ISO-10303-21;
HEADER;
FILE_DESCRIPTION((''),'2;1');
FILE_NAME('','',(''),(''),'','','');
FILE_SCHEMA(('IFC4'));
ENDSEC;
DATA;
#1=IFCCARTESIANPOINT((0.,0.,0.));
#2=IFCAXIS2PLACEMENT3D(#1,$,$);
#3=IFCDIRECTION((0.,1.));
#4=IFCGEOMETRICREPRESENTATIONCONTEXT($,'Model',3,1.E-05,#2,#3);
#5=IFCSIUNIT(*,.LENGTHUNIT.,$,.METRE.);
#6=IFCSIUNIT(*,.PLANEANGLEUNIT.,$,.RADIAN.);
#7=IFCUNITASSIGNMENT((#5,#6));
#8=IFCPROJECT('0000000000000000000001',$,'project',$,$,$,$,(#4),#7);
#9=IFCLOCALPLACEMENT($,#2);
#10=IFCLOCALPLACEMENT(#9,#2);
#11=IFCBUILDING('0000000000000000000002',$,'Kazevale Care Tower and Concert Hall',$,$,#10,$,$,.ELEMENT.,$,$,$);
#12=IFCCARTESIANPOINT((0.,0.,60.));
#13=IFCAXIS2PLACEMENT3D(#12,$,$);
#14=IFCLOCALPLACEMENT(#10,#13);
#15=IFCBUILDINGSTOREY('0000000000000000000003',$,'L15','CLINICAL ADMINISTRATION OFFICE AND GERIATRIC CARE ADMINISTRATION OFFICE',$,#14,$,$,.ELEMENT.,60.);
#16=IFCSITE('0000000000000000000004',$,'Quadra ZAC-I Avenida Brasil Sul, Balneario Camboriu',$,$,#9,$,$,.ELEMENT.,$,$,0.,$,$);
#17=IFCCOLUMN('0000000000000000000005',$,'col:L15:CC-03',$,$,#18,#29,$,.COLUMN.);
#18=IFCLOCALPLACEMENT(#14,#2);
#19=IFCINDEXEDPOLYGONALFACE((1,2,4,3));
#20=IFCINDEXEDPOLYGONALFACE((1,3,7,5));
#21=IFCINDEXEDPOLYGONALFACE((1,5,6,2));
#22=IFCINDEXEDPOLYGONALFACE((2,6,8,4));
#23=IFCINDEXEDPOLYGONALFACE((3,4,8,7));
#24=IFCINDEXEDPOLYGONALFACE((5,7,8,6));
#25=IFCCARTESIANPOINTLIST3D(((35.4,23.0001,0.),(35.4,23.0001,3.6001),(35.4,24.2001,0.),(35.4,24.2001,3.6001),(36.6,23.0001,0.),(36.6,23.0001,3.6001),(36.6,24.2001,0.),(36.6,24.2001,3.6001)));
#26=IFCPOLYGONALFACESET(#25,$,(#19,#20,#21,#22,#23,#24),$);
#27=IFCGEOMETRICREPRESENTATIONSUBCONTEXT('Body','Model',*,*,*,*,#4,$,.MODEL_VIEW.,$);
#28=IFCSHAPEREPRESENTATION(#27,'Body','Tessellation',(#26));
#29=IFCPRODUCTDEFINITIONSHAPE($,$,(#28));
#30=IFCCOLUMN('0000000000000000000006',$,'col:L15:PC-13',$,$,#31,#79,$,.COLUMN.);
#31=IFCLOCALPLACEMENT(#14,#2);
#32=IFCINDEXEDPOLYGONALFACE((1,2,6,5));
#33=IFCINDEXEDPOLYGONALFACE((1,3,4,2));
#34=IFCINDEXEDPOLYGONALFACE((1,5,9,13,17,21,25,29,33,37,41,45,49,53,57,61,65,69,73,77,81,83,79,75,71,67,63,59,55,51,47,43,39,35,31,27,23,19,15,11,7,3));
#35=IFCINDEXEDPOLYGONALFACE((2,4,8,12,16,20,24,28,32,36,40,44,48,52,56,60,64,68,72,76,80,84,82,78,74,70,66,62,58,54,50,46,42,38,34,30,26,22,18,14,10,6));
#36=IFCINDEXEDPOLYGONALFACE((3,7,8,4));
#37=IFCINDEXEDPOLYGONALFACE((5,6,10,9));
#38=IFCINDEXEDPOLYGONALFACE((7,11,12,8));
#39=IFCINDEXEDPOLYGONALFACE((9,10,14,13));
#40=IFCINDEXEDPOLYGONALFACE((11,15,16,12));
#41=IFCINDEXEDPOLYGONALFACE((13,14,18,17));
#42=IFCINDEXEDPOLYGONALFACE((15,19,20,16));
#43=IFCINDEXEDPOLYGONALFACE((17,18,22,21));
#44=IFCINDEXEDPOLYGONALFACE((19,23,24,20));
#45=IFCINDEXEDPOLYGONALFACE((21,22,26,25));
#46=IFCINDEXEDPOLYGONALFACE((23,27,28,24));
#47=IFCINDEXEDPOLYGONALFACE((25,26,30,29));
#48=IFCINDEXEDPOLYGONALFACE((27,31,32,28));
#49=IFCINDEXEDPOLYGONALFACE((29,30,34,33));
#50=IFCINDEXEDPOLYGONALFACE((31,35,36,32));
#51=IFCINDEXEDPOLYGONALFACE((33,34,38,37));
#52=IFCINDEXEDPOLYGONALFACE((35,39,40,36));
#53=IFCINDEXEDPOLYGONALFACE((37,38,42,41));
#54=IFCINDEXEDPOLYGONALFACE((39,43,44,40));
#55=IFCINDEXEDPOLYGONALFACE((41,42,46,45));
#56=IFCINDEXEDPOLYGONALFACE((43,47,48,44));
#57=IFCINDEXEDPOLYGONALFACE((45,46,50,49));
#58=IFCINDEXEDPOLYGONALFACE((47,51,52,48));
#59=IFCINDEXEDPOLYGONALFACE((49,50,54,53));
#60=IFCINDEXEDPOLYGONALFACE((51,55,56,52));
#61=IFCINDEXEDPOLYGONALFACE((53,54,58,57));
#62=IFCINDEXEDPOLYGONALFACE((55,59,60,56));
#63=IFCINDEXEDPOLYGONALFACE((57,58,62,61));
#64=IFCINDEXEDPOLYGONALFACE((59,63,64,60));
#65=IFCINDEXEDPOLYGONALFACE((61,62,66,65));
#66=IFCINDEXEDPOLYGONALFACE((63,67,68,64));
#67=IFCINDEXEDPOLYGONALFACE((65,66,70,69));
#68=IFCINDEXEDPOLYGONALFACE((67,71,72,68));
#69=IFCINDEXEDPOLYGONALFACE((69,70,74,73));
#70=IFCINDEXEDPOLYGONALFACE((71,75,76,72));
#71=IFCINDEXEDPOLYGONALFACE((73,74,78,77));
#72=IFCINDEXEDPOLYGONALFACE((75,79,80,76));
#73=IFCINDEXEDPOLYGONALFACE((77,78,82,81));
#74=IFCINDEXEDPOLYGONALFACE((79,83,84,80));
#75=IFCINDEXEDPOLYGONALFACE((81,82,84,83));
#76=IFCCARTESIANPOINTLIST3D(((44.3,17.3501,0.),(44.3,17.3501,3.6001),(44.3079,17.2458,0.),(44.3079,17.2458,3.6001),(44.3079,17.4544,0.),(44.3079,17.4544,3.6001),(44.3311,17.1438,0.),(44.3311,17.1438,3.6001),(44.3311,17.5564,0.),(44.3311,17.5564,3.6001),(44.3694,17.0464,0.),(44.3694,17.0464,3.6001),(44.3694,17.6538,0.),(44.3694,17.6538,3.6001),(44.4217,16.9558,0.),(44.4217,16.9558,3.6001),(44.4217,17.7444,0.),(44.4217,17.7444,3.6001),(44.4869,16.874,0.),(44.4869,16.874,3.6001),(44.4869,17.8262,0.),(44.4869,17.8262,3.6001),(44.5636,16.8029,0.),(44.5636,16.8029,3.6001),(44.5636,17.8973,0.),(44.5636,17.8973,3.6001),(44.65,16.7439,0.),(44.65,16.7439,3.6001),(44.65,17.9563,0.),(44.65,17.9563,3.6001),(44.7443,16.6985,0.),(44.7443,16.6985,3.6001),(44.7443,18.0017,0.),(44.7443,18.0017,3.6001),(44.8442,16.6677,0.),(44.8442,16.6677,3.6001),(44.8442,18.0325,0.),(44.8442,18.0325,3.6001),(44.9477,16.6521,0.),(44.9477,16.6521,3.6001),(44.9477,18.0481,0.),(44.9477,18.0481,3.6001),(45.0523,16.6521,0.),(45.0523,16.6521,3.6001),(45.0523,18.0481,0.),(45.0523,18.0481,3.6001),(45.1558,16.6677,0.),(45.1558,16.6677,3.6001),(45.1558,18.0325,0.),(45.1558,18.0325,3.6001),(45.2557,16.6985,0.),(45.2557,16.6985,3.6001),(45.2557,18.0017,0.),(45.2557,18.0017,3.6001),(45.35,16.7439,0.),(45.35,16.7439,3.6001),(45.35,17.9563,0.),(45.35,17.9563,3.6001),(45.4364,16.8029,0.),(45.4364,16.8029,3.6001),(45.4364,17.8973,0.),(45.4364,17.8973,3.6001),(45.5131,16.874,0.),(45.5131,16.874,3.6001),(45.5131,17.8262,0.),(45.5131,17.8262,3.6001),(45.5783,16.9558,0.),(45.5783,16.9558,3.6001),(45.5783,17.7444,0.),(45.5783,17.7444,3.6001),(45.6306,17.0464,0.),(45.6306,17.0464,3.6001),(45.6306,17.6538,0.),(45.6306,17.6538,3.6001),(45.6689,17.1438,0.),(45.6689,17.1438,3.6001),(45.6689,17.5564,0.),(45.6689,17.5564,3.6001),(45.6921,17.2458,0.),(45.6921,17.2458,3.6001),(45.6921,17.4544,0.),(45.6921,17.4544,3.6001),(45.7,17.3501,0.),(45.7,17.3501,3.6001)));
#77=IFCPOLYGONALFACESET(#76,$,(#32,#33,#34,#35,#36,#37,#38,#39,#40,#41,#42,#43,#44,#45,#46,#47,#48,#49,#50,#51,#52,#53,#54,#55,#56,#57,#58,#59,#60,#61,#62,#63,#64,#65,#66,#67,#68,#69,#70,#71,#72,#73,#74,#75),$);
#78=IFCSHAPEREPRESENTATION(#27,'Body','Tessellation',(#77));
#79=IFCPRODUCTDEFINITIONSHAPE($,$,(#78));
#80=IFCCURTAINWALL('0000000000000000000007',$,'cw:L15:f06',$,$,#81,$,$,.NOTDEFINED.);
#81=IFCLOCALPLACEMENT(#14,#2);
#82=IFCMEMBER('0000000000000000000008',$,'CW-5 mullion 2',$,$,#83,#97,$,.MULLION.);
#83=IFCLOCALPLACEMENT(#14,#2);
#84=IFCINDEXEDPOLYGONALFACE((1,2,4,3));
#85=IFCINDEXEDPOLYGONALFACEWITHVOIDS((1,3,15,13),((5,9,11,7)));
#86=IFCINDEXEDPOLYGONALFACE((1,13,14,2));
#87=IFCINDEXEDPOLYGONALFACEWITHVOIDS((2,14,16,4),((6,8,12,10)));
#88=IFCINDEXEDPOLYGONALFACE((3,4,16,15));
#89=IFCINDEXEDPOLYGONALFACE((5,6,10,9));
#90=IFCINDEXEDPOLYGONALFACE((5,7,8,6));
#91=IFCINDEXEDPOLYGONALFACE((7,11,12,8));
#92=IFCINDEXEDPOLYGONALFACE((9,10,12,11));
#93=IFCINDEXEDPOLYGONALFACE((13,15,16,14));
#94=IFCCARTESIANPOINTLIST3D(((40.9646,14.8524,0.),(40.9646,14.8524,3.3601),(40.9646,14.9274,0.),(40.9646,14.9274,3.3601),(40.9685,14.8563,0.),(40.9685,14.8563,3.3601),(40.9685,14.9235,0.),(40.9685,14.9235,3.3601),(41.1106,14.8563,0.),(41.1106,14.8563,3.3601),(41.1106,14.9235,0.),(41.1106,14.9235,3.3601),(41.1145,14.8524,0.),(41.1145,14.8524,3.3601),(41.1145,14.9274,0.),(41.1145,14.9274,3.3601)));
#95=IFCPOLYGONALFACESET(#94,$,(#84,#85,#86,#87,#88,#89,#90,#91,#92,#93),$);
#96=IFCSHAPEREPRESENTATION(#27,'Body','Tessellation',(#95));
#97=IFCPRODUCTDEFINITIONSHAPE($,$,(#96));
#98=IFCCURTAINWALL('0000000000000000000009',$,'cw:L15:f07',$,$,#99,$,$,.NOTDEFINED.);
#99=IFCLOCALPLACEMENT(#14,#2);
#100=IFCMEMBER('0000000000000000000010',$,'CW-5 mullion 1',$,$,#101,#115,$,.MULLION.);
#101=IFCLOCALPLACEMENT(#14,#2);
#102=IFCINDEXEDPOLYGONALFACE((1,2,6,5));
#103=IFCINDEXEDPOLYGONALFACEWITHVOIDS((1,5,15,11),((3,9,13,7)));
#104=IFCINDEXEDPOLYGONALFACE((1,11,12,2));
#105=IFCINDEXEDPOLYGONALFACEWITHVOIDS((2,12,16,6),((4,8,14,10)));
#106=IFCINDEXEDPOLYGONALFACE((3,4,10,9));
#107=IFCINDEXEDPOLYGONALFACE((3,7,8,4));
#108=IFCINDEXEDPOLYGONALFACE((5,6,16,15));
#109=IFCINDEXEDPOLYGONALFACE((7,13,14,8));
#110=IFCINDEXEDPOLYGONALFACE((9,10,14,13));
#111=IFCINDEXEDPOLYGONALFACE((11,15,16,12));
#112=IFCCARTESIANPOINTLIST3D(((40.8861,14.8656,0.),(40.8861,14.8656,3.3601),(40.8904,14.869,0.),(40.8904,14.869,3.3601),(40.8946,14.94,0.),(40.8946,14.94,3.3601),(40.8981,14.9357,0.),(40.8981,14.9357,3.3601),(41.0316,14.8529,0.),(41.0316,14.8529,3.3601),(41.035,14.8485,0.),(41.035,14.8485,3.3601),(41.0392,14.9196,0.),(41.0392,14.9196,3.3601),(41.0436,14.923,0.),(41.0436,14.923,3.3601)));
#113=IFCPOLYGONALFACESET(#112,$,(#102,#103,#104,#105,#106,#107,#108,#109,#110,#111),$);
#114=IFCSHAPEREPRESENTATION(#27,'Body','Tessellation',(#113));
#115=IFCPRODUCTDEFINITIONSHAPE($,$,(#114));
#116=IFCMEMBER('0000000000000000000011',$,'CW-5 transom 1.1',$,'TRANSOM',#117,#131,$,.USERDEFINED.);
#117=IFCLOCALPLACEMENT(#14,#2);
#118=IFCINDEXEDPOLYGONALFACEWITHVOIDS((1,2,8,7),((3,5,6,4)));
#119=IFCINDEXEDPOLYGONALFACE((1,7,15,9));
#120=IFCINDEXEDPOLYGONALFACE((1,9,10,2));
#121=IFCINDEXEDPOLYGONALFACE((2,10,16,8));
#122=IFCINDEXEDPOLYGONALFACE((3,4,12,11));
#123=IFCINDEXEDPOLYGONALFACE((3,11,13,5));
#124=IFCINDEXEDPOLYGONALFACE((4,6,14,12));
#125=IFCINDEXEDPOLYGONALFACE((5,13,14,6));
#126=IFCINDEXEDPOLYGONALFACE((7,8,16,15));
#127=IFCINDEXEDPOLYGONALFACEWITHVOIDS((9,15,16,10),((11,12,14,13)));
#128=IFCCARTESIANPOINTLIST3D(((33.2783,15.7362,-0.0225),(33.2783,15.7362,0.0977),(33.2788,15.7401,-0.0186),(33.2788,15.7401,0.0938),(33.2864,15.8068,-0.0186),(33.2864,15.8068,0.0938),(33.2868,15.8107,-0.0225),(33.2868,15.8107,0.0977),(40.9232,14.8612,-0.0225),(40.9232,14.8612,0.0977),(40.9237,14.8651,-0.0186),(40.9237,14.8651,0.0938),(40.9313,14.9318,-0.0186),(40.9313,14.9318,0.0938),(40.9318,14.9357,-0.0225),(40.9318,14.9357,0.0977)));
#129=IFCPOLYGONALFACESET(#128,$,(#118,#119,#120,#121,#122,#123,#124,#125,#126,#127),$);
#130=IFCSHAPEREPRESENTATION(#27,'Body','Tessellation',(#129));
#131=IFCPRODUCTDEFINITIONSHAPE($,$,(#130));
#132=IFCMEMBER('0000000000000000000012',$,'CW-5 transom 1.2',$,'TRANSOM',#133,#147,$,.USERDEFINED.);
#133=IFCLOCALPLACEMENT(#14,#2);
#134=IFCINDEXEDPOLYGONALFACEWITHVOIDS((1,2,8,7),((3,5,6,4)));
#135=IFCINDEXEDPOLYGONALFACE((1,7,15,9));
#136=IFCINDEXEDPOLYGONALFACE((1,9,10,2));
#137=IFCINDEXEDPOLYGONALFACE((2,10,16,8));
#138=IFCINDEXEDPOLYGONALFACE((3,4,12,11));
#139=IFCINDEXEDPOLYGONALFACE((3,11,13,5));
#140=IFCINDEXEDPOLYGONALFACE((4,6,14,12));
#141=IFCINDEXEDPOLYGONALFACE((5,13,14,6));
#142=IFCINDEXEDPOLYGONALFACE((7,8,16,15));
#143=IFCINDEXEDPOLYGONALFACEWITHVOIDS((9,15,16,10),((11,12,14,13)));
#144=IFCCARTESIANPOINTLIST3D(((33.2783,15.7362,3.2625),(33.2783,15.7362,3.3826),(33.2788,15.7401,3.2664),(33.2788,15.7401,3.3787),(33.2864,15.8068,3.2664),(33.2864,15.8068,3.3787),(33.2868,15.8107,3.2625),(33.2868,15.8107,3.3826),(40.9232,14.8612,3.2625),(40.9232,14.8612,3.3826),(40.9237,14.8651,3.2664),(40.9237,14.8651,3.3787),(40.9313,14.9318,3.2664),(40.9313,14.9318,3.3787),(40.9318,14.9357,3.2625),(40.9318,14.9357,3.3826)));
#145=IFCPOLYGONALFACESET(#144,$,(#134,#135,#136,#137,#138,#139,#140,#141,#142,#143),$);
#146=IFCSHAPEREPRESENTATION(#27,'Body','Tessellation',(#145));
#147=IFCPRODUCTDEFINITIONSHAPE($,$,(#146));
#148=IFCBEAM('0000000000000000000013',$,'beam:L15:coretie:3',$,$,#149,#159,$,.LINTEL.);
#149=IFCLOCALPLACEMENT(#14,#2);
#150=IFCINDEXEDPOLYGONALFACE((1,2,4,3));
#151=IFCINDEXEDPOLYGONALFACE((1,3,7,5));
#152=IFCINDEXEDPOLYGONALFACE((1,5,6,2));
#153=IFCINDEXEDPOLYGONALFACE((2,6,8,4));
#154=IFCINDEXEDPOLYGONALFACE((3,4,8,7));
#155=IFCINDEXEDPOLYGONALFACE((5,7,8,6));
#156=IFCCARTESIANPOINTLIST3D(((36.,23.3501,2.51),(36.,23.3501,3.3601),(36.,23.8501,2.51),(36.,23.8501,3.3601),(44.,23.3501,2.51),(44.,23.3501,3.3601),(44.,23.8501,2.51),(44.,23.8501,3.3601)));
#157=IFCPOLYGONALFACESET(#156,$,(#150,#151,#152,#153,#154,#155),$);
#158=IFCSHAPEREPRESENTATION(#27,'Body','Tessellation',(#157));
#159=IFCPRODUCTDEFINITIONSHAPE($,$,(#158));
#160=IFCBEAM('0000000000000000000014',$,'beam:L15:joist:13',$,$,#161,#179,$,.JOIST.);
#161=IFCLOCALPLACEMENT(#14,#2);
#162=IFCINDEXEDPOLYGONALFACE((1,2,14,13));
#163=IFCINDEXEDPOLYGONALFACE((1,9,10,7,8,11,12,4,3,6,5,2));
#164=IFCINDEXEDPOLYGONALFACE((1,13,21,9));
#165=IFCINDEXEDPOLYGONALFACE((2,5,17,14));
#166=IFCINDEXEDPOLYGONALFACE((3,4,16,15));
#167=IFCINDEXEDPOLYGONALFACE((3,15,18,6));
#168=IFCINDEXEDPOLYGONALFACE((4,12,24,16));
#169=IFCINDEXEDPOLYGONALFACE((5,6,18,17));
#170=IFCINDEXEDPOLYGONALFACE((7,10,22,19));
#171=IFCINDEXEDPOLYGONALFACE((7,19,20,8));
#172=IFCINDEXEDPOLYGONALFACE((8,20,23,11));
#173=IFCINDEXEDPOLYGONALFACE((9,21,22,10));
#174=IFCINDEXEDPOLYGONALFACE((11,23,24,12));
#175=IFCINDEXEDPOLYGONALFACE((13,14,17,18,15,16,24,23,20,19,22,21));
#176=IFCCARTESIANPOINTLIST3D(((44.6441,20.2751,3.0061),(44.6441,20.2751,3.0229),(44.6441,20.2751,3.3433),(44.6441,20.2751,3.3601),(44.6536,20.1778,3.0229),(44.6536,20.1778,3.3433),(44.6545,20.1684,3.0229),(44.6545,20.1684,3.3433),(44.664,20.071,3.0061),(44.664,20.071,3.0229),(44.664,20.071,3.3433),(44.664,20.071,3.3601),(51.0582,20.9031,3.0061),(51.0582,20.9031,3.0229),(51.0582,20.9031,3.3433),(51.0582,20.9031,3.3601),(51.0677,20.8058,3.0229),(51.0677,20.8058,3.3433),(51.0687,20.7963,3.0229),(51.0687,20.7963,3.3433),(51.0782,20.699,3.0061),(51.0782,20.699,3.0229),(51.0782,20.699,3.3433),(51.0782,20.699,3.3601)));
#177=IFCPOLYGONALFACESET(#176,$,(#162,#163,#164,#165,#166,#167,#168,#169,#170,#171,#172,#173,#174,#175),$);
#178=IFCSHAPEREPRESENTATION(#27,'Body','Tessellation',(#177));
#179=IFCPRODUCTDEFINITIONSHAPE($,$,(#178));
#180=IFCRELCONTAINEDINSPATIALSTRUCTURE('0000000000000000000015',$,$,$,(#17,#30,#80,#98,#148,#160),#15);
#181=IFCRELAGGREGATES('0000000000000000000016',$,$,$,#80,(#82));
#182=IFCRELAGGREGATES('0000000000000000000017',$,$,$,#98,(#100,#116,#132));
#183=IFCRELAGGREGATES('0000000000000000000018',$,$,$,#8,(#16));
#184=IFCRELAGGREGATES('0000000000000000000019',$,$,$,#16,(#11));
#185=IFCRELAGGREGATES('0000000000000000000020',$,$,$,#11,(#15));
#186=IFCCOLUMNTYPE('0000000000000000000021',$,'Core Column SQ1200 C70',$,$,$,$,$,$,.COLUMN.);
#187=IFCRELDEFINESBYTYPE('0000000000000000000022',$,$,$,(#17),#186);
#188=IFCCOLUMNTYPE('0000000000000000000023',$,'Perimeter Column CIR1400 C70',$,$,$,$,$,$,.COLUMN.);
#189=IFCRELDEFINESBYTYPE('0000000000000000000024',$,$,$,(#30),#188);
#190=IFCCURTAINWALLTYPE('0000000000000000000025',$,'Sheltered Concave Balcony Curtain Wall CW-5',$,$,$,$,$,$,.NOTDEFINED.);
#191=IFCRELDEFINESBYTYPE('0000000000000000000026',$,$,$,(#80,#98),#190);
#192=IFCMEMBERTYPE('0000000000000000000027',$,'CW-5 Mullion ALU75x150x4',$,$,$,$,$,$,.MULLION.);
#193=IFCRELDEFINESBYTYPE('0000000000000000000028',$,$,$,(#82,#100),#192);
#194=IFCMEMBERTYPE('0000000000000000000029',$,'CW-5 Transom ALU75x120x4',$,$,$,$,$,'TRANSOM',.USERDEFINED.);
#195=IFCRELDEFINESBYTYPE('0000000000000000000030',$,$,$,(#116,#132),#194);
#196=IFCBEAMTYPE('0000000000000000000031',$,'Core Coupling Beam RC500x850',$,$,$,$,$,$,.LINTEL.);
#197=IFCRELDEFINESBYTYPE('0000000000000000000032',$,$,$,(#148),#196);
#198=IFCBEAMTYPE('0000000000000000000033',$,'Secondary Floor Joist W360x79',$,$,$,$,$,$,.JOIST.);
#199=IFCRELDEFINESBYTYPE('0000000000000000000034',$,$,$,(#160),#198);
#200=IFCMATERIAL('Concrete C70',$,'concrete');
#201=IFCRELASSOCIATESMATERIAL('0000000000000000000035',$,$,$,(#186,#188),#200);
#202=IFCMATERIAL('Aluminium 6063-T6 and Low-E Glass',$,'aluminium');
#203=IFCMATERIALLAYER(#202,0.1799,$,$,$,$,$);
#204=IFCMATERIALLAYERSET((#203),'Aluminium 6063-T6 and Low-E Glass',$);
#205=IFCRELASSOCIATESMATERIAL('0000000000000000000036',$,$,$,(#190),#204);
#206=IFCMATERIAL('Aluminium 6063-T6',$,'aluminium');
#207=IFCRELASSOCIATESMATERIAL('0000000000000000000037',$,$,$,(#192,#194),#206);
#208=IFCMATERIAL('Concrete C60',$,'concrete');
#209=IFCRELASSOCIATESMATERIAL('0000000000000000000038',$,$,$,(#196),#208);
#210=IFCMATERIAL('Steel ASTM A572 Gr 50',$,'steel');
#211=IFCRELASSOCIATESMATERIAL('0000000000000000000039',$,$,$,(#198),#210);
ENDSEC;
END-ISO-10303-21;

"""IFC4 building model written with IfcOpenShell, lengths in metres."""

from ifc_helpers import new_model, si_unit, direction, frame, origin, origin_2d, place, context, subcontext, project, spatial, rectangle, hollow_rectangle, circle, i_section, extrude, material, layer, layer_set, material_profile, profile_set, type_object, element, aggregate, save


model = new_model("IFC4")

# Units and contexts
model_context = context("Model", 3, precision=1e-05, world=origin(), true_north=direction((0.0, 1.0)))
body_context = subcontext(model_context, "Body", "Model", "MODEL_VIEW")
ifc_project = project(units=[si_unit("LENGTHUNIT", "METRE"), si_unit("PLANEANGLEUNIT", "RADIAN")], contexts=[model_context])

# Site, building, storey
site_placement = place(None, origin())
site = spatial("IfcSite", under=ifc_project, at=site_placement, Name="Quadra ZAC-I Avenida Brasil Sul, Balneario Camboriu", CompositionType="ELEMENT", RefElevation=0.0)
building_placement = place(site_placement, origin())
building = spatial("IfcBuilding", under=site, at=building_placement, Name="Kazevale Care Tower and Concert Hall", CompositionType="ELEMENT")
storey_placement = place(building_placement, frame((0.0, 0.0, 60.0)))
storey = spatial("IfcBuildingStorey", under=building, at=storey_placement, Name="L15", Description="CLINICAL ADMINISTRATION OFFICE AND GERIATRIC CARE ADMINISTRATION OFFICE", CompositionType="ELEMENT", Elevation=60.0)

# Columns
ifc_material_1 = material(Name="Concrete C70", Category="concrete")
ifc_material_profile_1 = material_profile(ifc_material_1, rectangle(XDim=1.2, YDim=1.2, at=origin_2d()), Name="RC-SQ1200")
ifc_profile_set_1 = profile_set([ifc_material_profile_1], Name="Concrete C70")
column_type_1 = type_object("IfcColumnType", Name="Core Column SQ1200 C70", PredefinedType="COLUMN", material=ifc_profile_set_1)
column_1_placement = place(storey_placement, frame((36.0, 23.6001, 0.0), z_axis=(0.0, 0.0, 1.0), x_axis=(1.0, 0.0, 0.0)))
element("IfcColumn", 1, at=column_1_placement, inside=storey, type_object=column_type_1, Name="col:L15:CC-03", PredefinedType="COLUMN", context=body_context, shape_type="SweptSolid", body=[
    extrude(rectangle(XDim=1.2, YDim=1.2, at=origin_2d()), origin(), (0.0, 0.0, 1.0), 3.6001),
])
ifc_material_profile_2 = material_profile(ifc_material_1, circle(Radius=0.7, at=origin_2d()), Name="RC-CIR1400")
ifc_profile_set_2 = profile_set([ifc_material_profile_2], Name="Concrete C70")
column_type_2 = type_object("IfcColumnType", Name="Perimeter Column CIR1400 C70", PredefinedType="COLUMN", material=ifc_profile_set_2)
column_2_placement = place(storey_placement, frame((45.0, 17.3501, 0.0), z_axis=(0.0, 0.0, 1.0), x_axis=(1.0, 0.0, 0.0)))
element("IfcColumn", 2, at=column_2_placement, inside=storey, type_object=column_type_2, Name="col:L15:PC-13", PredefinedType="COLUMN", context=body_context, shape_type="SweptSolid", body=[
    extrude(circle(Radius=0.7, at=origin_2d()), origin(), (0.0, 0.0, 1.0), 3.6001),
])

# Curtain wall, member
ifc_material_2 = material(Name="Aluminium 6063-T6 and Low-E Glass", Category="aluminium")
ifc_layer_1 = layer(ifc_material_2, 0.1799)
ifc_layer_set_1 = layer_set([ifc_layer_1], Name="Aluminium 6063-T6 and Low-E Glass")
curtain_wall_type = type_object("IfcCurtainWallType", Name="Sheltered Concave Balcony Curtain Wall CW-5", PredefinedType="NOTDEFINED", material=ifc_layer_set_1)
curtain_wall_1_placement = place(storey_placement, origin())
curtain_wall_1 = element("IfcCurtainWall", 3, at=curtain_wall_1_placement, inside=storey, type_object=curtain_wall_type, Name="cw:L15:f06", PredefinedType="NOTDEFINED")
ifc_material_3 = material(Name="Aluminium 6063-T6", Category="aluminium")
ifc_material_profile_3 = material_profile(ifc_material_3, hollow_rectangle(XDim=0.075, YDim=0.1499, WallThickness=0.0039, at=origin_2d()), Name="ALU75x150x4")
ifc_profile_set_3 = profile_set([ifc_material_profile_3], Name="Aluminium 6063-T6")
member_type_1 = type_object("IfcMemberType", Name="CW-5 Mullion ALU75x150x4", PredefinedType="MULLION", material=ifc_profile_set_3)
member_1_placement = place(storey_placement, frame((41.0396, 14.8899, 0.0), z_axis=(0.0, 0.0, 1.0), x_axis=(0.0, -1.0, 0.0)))
member_1 = element("IfcMember", 4, at=member_1_placement, type_object=member_type_1, Name="CW-5 mullion 2", PredefinedType="MULLION", context=body_context, shape_type="SweptSolid", body=[
    extrude(hollow_rectangle(XDim=0.075, YDim=0.1499, WallThickness=0.0039, at=origin_2d()), origin(), (0.0, 0.0, 1.0), 3.3601),
])

# Curtain wall, members
curtain_wall_2_placement = place(storey_placement, origin())
curtain_wall_2 = element("IfcCurtainWall", 5, at=curtain_wall_2_placement, inside=storey, type_object=curtain_wall_type, Name="cw:L15:f07", PredefinedType="NOTDEFINED")
member_2_placement = place(storey_placement, frame((40.9648, 14.8943, 0.0), z_axis=(0.0, 0.0, 1.0), x_axis=(-0.113705, -0.993515, 0.0)))
member_2 = element("IfcMember", 6, at=member_2_placement, type_object=member_type_1, Name="CW-5 mullion 1", PredefinedType="MULLION", context=body_context, shape_type="SweptSolid", body=[
    extrude(hollow_rectangle(XDim=0.075, YDim=0.1499, WallThickness=0.0039, at=origin_2d()), origin(), (0.0, 0.0, 1.0), 3.3601),
])
ifc_material_profile_4 = material_profile(ifc_material_3, hollow_rectangle(XDim=0.075, YDim=0.1201, WallThickness=0.0039, at=origin_2d()), Name="ALU75x120x4")
ifc_profile_set_4 = profile_set([ifc_material_profile_4], Name="Aluminium 6063-T6")
member_type_2 = type_object("IfcMemberType", Name="CW-5 Transom ALU75x120x4", ElementType="TRANSOM", PredefinedType="USERDEFINED", material=ifc_profile_set_4)
member_3_placement = place(storey_placement, frame((40.9275, 14.8984, 0.0376), z_axis=(-0.993514, 0.113711, 0.0), x_axis=(-0.113711, -0.993514, 0.0)))
member_3 = element("IfcMember", 7, at=member_3_placement, type_object=member_type_2, Name="CW-5 transom 1.1", ObjectType="TRANSOM", PredefinedType="USERDEFINED", context=body_context, shape_type="SweptSolid", body=[
    extrude(hollow_rectangle(XDim=0.075, YDim=0.1201, WallThickness=0.0039, at=origin_2d()), origin(), (0.0, 0.0, 1.0), 7.6948),
])
member_4_placement = place(storey_placement, frame((40.9275, 14.8984, 3.3225), z_axis=(-0.993514, 0.113711, 0.0), x_axis=(-0.113711, -0.993514, 0.0)))
member_4 = element("IfcMember", 8, at=member_4_placement, type_object=member_type_2, Name="CW-5 transom 1.2", ObjectType="TRANSOM", PredefinedType="USERDEFINED", context=body_context, shape_type="SweptSolid", body=[
    extrude(hollow_rectangle(XDim=0.075, YDim=0.1201, WallThickness=0.0039, at=origin_2d()), origin(), (0.0, 0.0, 1.0), 7.6948),
])

# Beams
ifc_material_4 = material(Name="Concrete C60", Category="concrete")
ifc_material_profile_5 = material_profile(ifc_material_4, rectangle(XDim=0.5, YDim=0.8501, at=origin_2d()), Name="RC-B500x850")
ifc_profile_set_5 = profile_set([ifc_material_profile_5], Name="Concrete C60")
beam_type_1 = type_object("IfcBeamType", Name="Core Coupling Beam RC500x850", PredefinedType="LINTEL", material=ifc_profile_set_5)
beam_1_placement = place(storey_placement, frame((36.0, 23.6001, 2.9351), z_axis=(1.0, 0.0, 0.0), x_axis=(0.0, 1.0, 0.0)))
element("IfcBeam", 9, at=beam_1_placement, inside=storey, type_object=beam_type_1, Name="beam:L15:coretie:3", PredefinedType="LINTEL", context=body_context, shape_type="SweptSolid", body=[
    extrude(rectangle(XDim=0.5, YDim=0.8501, at=origin_2d()), origin(), (0.0, 0.0, 1.0), 8.0),
])
ifc_material_5 = material(Name="Steel ASTM A572 Gr 50", Category="steel")
ifc_material_profile_6 = material_profile(ifc_material_5, i_section(OverallWidth=0.2051, OverallDepth=0.354, WebThickness=0.0095, FlangeThickness=0.0168, at=origin_2d()), Name="W360x79")
ifc_profile_set_6 = profile_set([ifc_material_profile_6], Name="Steel ASTM A572 Gr 50")
beam_type_2 = type_object("IfcBeamType", Name="Secondary Floor Joist W360x79", PredefinedType="JOIST", material=ifc_profile_set_6)
beam_2_placement = place(storey_placement, frame((44.6541, 20.1731, 3.1831), z_axis=(0.995242, 0.097433, 0.0), x_axis=(-0.097433, 0.995242, 0.0)))
element("IfcBeam", 10, at=beam_2_placement, inside=storey, type_object=beam_type_2, Name="beam:L15:joist:13", PredefinedType="JOIST", context=body_context, shape_type="SweptSolid", body=[
    extrude(i_section(OverallWidth=0.2051, OverallDepth=0.354, WebThickness=0.0095, FlangeThickness=0.0168, at=origin_2d()), origin(), (0.0, 0.0, 1.0), 6.4448),
])

aggregate(curtain_wall_1, [member_1])
aggregate(curtain_wall_2, [member_2, member_3, member_4])

save(model, "model.ifc")
